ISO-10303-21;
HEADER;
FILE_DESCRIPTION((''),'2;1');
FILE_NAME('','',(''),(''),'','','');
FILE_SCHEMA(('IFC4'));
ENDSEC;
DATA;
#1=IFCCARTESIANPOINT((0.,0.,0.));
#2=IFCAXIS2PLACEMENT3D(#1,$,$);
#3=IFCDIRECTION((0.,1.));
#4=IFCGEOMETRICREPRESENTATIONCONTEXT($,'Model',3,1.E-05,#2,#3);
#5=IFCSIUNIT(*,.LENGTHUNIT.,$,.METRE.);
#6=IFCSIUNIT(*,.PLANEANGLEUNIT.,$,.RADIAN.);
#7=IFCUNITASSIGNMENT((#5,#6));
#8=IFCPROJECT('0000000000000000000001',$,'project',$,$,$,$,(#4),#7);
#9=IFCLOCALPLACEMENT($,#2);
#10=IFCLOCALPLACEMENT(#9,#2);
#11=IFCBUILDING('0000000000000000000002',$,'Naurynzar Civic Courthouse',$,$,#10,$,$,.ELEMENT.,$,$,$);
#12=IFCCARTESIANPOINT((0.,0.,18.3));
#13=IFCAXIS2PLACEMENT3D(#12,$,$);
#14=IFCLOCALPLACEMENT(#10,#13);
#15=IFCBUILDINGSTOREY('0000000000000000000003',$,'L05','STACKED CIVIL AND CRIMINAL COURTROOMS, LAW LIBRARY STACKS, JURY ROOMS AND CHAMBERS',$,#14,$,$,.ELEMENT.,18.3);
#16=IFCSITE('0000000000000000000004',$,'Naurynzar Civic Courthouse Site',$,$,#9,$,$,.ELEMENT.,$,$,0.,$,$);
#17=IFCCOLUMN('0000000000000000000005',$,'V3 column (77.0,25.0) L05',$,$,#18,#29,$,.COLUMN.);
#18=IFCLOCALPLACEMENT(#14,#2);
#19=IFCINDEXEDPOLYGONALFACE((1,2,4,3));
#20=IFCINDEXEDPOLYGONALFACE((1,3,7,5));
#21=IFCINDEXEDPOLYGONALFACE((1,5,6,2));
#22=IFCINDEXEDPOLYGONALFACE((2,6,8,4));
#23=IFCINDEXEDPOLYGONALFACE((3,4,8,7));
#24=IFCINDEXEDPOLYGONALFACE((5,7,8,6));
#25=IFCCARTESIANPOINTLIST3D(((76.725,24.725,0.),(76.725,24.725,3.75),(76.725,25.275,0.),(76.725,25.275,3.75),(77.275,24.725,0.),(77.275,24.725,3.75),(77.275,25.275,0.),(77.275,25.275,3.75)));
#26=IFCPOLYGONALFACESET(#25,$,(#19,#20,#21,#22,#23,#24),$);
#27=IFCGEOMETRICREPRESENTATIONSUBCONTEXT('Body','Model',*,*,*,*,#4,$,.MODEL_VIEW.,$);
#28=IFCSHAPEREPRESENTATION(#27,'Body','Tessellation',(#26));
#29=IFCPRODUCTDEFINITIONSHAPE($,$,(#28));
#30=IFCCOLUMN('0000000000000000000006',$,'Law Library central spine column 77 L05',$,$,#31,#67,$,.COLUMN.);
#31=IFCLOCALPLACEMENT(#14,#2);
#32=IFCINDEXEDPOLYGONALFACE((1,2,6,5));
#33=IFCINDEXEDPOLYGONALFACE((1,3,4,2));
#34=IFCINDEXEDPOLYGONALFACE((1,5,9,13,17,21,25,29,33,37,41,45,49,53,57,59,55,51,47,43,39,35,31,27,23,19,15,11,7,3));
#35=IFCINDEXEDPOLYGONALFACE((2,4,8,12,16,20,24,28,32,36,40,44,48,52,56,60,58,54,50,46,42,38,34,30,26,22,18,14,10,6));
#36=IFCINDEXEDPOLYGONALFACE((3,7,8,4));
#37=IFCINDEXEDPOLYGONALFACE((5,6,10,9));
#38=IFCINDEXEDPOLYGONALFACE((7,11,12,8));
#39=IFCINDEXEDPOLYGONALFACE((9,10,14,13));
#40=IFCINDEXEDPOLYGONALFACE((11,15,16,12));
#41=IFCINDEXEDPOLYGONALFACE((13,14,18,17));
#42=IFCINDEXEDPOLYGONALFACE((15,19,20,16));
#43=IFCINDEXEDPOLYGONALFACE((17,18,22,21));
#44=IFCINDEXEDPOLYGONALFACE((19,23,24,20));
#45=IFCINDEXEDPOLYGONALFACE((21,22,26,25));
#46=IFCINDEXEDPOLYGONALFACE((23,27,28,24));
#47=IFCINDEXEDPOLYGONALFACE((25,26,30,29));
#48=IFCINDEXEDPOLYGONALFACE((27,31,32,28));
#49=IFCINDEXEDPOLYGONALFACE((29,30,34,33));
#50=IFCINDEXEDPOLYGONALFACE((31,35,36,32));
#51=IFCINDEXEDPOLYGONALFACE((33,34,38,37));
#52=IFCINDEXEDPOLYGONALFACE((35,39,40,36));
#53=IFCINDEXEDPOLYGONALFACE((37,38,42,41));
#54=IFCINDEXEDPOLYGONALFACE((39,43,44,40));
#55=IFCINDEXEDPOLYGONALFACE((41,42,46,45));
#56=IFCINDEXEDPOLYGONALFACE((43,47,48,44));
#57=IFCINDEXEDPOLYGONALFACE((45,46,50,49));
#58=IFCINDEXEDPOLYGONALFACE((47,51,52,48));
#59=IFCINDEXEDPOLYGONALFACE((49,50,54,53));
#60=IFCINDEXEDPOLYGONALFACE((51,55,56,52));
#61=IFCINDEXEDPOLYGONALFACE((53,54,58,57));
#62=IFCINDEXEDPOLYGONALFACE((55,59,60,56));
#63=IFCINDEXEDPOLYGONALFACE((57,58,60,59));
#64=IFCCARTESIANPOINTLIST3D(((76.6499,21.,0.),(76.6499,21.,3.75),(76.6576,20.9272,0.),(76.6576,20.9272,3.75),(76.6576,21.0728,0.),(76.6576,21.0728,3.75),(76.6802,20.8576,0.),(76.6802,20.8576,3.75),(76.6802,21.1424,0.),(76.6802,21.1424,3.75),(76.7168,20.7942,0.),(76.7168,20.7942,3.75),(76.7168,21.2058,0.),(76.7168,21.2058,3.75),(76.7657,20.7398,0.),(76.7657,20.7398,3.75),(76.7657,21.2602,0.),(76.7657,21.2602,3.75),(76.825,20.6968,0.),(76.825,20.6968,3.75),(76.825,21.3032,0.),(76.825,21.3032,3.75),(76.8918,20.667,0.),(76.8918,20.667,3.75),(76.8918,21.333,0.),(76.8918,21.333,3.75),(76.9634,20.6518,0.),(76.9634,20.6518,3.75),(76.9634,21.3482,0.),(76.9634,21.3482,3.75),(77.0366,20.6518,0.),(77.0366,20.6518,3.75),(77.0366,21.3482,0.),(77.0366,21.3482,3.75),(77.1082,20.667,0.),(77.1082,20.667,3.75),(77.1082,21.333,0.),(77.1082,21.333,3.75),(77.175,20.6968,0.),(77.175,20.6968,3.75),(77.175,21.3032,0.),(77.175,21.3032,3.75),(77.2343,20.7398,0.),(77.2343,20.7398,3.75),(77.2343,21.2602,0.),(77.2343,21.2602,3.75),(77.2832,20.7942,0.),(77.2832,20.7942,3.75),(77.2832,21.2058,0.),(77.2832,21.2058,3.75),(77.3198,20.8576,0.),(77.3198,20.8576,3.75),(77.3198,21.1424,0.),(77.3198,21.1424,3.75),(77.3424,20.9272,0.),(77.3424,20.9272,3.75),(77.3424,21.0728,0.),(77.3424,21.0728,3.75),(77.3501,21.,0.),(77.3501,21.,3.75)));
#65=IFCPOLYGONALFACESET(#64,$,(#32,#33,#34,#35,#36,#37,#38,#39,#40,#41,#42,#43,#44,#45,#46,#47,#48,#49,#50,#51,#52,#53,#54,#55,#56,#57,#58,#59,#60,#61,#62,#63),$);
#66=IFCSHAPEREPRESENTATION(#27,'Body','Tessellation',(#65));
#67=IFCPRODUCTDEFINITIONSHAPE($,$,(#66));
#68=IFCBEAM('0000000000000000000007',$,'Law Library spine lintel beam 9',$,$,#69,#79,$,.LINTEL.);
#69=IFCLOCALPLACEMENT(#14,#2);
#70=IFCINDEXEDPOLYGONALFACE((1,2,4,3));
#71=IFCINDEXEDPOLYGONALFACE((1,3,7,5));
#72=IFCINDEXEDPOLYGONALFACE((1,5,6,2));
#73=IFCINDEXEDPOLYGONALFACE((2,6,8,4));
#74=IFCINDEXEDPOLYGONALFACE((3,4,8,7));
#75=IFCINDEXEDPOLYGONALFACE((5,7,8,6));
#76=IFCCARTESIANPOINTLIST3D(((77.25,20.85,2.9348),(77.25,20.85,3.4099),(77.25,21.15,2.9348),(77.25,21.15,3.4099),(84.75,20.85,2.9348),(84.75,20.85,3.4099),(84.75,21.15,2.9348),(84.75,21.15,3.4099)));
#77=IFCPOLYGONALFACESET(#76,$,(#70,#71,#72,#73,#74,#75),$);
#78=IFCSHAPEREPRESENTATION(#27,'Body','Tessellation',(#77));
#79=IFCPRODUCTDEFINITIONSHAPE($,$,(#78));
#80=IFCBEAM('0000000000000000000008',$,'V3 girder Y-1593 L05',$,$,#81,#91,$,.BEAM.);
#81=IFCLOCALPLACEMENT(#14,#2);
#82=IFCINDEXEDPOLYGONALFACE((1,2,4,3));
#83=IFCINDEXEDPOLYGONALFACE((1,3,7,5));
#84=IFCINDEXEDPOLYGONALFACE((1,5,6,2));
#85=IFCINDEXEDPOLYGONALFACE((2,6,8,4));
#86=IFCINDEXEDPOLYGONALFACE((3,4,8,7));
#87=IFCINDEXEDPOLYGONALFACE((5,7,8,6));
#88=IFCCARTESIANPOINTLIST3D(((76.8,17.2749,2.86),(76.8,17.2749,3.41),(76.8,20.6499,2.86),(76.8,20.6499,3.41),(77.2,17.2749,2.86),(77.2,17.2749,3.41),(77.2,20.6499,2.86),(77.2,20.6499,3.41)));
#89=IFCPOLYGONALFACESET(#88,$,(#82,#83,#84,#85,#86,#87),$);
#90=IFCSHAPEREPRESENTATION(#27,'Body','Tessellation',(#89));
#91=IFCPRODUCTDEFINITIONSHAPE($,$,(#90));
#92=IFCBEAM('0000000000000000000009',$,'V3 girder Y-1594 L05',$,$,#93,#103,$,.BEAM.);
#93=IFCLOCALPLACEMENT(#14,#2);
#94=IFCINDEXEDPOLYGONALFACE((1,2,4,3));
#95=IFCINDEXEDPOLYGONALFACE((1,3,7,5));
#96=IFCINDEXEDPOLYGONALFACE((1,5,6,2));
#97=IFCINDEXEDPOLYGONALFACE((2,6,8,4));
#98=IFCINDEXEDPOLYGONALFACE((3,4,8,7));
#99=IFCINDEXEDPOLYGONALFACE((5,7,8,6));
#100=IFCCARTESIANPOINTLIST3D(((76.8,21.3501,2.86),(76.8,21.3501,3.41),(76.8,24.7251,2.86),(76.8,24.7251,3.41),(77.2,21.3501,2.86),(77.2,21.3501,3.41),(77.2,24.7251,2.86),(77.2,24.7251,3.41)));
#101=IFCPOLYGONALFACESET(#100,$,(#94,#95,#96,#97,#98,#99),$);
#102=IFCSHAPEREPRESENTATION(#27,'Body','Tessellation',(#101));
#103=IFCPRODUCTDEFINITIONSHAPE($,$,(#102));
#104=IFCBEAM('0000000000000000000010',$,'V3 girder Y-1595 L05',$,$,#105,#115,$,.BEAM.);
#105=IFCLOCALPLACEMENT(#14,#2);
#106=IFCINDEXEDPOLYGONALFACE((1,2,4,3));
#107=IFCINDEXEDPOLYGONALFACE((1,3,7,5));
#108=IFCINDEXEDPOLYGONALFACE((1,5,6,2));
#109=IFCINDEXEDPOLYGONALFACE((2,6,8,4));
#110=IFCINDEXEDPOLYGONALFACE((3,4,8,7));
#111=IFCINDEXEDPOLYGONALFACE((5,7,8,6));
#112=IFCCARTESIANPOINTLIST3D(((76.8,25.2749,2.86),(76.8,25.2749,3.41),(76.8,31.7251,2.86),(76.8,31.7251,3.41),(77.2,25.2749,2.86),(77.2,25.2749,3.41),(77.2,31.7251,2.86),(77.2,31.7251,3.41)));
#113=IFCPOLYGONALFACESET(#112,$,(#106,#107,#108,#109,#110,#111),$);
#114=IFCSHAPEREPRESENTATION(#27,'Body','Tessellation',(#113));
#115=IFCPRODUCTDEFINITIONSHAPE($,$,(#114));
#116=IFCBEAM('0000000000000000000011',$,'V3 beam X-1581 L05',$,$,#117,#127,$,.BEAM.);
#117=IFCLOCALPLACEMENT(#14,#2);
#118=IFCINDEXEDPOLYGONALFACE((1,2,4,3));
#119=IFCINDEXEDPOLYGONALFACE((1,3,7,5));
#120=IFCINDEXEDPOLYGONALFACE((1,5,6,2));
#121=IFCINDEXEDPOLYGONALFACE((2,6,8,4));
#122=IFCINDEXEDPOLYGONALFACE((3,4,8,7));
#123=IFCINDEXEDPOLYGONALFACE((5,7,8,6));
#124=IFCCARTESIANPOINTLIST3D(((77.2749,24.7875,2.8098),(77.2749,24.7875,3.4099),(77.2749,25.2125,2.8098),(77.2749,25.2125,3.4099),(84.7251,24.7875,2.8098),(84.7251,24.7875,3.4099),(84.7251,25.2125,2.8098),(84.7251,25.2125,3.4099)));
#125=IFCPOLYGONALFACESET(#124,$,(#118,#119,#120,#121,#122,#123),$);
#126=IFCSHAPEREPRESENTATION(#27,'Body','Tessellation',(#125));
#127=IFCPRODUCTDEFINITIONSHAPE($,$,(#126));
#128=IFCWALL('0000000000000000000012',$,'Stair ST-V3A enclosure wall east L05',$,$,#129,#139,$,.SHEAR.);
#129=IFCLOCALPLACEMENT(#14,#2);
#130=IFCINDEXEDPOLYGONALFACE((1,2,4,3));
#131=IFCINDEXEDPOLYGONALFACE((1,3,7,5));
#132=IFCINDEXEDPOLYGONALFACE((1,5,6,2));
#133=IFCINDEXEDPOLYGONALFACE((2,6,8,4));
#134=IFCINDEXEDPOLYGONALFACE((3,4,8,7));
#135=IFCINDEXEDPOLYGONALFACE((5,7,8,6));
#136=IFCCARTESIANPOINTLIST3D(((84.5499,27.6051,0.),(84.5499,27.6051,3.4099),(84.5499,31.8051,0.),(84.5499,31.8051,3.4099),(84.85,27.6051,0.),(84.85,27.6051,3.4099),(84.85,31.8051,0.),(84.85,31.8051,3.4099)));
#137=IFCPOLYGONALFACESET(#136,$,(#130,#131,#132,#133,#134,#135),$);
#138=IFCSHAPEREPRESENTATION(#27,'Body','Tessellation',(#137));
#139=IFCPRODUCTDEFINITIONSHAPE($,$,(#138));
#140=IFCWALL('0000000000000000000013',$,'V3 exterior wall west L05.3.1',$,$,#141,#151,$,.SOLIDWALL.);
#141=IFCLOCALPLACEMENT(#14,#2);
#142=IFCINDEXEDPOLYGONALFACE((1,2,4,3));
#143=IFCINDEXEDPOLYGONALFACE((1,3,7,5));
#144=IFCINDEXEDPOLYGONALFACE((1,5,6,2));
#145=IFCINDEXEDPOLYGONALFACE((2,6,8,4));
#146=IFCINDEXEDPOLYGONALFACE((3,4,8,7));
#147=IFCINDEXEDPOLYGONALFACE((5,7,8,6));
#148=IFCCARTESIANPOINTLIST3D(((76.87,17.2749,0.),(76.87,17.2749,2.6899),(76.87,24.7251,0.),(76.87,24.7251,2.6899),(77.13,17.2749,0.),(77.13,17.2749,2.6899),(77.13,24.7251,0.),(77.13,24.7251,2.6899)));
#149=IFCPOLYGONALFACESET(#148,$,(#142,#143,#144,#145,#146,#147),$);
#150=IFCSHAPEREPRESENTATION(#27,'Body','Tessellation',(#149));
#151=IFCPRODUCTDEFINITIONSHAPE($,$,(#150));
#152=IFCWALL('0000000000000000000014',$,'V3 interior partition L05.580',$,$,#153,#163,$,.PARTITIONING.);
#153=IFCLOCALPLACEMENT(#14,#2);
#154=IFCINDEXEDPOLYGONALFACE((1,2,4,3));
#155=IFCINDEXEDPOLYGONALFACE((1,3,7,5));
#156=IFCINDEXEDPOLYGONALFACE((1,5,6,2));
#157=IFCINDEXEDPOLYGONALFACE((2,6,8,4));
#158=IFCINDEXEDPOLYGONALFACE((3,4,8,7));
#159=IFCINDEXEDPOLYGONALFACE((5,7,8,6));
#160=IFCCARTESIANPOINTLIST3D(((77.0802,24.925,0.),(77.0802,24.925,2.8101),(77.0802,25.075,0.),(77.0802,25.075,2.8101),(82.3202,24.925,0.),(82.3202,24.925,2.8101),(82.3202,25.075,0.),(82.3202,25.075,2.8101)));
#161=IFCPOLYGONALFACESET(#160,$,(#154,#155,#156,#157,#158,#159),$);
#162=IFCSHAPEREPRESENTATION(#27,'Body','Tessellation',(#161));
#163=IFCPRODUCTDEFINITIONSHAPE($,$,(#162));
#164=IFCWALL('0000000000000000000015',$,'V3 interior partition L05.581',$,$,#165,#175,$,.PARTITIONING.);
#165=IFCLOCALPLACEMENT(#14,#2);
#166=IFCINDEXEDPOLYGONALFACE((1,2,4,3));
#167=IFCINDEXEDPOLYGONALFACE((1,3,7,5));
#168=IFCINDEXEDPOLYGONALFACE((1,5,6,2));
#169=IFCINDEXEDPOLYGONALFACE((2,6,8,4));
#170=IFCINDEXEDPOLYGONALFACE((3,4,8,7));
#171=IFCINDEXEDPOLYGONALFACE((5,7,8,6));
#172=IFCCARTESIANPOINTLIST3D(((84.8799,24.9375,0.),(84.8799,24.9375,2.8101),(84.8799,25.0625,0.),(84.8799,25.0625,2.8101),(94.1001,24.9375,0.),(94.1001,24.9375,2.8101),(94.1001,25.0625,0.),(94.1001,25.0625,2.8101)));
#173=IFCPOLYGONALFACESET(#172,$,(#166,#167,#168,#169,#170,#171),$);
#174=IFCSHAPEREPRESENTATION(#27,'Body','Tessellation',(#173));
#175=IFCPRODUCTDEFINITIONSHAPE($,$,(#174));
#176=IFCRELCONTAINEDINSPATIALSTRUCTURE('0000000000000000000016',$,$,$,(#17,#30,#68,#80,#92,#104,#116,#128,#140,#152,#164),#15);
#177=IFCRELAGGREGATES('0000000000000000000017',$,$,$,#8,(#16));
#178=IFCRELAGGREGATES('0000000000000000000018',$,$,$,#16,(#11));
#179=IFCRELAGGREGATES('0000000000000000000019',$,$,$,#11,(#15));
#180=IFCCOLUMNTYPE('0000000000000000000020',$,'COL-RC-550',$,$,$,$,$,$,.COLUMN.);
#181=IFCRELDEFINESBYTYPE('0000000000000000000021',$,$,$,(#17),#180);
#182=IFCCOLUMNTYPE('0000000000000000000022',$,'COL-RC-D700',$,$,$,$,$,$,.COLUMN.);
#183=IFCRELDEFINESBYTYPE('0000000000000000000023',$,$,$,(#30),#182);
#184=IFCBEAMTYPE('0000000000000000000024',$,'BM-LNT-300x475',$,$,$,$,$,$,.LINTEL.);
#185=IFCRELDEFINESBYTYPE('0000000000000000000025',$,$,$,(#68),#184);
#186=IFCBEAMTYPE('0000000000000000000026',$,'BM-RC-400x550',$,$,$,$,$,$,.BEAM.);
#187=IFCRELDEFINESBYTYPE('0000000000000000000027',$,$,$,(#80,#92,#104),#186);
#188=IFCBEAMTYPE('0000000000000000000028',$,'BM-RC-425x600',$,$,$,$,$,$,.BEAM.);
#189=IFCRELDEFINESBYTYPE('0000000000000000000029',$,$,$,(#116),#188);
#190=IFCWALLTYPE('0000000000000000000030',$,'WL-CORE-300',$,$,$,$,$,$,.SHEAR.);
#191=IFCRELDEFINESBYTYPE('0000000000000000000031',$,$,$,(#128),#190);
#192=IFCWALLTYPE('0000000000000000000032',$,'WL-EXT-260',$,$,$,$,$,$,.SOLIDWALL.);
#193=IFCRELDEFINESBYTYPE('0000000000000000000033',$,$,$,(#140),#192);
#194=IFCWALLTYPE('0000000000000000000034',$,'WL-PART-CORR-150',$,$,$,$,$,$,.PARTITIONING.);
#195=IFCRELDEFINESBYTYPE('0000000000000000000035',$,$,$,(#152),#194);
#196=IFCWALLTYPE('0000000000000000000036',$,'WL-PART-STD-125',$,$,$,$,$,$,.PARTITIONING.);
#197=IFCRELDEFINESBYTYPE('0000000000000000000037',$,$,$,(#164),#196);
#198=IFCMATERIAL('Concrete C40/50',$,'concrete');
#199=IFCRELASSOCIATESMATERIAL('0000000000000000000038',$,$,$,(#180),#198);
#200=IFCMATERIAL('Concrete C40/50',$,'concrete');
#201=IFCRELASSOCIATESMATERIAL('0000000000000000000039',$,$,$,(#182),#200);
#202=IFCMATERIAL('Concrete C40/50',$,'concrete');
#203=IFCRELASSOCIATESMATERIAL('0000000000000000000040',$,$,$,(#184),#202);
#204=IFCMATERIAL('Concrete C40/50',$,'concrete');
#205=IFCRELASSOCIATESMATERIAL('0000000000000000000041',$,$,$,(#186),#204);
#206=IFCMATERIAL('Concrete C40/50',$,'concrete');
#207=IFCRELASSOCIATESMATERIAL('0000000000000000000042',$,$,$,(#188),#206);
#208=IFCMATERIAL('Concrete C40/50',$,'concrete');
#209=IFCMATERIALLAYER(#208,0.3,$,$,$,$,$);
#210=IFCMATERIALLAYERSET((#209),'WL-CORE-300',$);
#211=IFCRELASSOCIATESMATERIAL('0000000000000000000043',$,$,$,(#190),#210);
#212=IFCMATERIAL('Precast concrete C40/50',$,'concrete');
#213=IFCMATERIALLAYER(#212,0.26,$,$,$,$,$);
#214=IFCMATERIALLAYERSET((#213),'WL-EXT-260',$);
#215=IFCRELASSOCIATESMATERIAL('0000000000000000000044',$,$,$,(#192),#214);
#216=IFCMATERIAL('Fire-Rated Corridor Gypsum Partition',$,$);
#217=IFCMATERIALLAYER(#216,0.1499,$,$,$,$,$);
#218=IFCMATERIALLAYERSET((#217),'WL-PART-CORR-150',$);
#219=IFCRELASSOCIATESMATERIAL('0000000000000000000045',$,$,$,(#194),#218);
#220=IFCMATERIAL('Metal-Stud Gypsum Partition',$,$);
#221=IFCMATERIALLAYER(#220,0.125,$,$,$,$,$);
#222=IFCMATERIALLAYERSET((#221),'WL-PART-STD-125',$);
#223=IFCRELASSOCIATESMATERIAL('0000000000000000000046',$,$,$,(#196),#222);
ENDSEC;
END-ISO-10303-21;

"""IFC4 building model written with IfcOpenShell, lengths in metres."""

from ifc_helpers import new_model, si_unit, direction, frame, frame_2d, origin, origin_2d, place, context, subcontext, project, spatial, rectangle, circle, extrude, material, layer, layer_set, material_profile, profile_set, type_object, element, save


model = new_model("IFC4")

# Units and contexts
model_context = context("Model", 3, precision=1e-05, world=origin(), true_north=direction((0.0, 1.0)))
body_context = subcontext(model_context, "Body", "Model", "MODEL_VIEW")
ifc_project = project(units=[si_unit("LENGTHUNIT", "METRE"), si_unit("PLANEANGLEUNIT", "RADIAN")], contexts=[model_context])

# Site, building, storey
site_placement = place(None, origin())
site = spatial("IfcSite", under=ifc_project, at=site_placement, Name="Naurynzar Civic Courthouse Site", CompositionType="ELEMENT", RefElevation=0.0)
building_placement = place(site_placement, origin())
building = spatial("IfcBuilding", under=site, at=building_placement, Name="Naurynzar Civic Courthouse", CompositionType="ELEMENT")
storey_placement = place(building_placement, frame((0.0, 0.0, 18.3)))
storey = spatial("IfcBuildingStorey", under=building, at=storey_placement, Name="L05", Description="STACKED CIVIL AND CRIMINAL COURTROOMS, LAW LIBRARY STACKS, JURY ROOMS AND CHAMBERS", CompositionType="ELEMENT", Elevation=18.3)

# Columns
ifc_material_1 = material(Name="Concrete C40/50", Category="concrete")
ifc_material_profile_1 = material_profile(ifc_material_1, rectangle(XDim=0.55, YDim=0.55, at=origin_2d()), Name="RC 550x550")
ifc_profile_set_1 = profile_set([ifc_material_profile_1], Name="Concrete C40/50")
column_type_1 = type_object("IfcColumnType", Name="COL-RC-550", PredefinedType="COLUMN", material=ifc_profile_set_1)
column_1_placement = place(storey_placement, frame((77.0, 25.0, 0.0), z_axis=(0.0, 0.0, 1.0), x_axis=(1.0, 0.0, 0.0)))
element("IfcColumn", 1, at=column_1_placement, inside=storey, type_object=column_type_1, Name="V3 column (77.0,25.0) L05", PredefinedType="COLUMN", context=body_context, shape_type="SweptSolid", body=[
    extrude(rectangle(XDim=0.55, YDim=0.55, at=origin_2d()), origin(), (0.0, 0.0, 1.0), 3.75),
])
ifc_material_2 = material(Name="Concrete C40/50", Category="concrete")
ifc_material_profile_2 = material_profile(ifc_material_2, circle(Radius=0.3501, at=origin_2d()), Name="RC D700")
ifc_profile_set_2 = profile_set([ifc_material_profile_2], Name="Concrete C40/50")
column_type_2 = type_object("IfcColumnType", Name="COL-RC-D700", PredefinedType="COLUMN", material=ifc_profile_set_2)
column_2_placement = place(storey_placement, frame((77.0, 21.0, 0.0), z_axis=(0.0, 0.0, 1.0), x_axis=(1.0, 0.0, 0.0)))
element("IfcColumn", 2, at=column_2_placement, inside=storey, type_object=column_type_2, Name="Law Library central spine column 77 L05", PredefinedType="COLUMN", context=body_context, shape_type="SweptSolid", body=[
    extrude(circle(Radius=0.3501, at=origin_2d()), origin(), (0.0, 0.0, 1.0), 3.75),
])

# Beams
ifc_material_3 = material(Name="Concrete C40/50", Category="concrete")
ifc_material_profile_3 = material_profile(ifc_material_3, rectangle(XDim=0.3, YDim=0.4751, at=origin_2d()), Name="RCB 300x475")
ifc_profile_set_3 = profile_set([ifc_material_profile_3], Name="Concrete C40/50")
beam_type_1 = type_object("IfcBeamType", Name="BM-LNT-300x475", PredefinedType="LINTEL", material=ifc_profile_set_3)
beam_1_placement = place(storey_placement, frame((77.25, 21.0, 3.1724), z_axis=(1.0, 0.0, 0.0), x_axis=(0.0, 1.0, 0.0)))
element("IfcBeam", 3, at=beam_1_placement, inside=storey, type_object=beam_type_1, Name="Law Library spine lintel beam 9", PredefinedType="LINTEL", context=body_context, shape_type="SweptSolid", body=[
    extrude(rectangle(XDim=0.3, YDim=0.4751, at=origin_2d()), origin(), (0.0, 0.0, 1.0), 7.5),
])
ifc_material_4 = material(Name="Concrete C40/50", Category="concrete")
ifc_material_profile_4 = material_profile(ifc_material_4, rectangle(XDim=0.3999, YDim=0.55, at=origin_2d()), Name="RCB 400x550")
ifc_profile_set_4 = profile_set([ifc_material_profile_4], Name="Concrete C40/50")
beam_type_2 = type_object("IfcBeamType", Name="BM-RC-400x550", PredefinedType="BEAM", material=ifc_profile_set_4)
for number, where, z_axis, x_axis, name in (
    (4, (77.0, 17.2749, 3.135), (0.0, 1.0, 0.0), (-1.0, 0.0, 0.0), "V3 girder Y-1593 L05"),
    (5, (77.0, 21.3501, 3.135), (0.0, 1.0, 0.0), (-1.0, 0.0, 0.0), "V3 girder Y-1594 L05"),
):
    element("IfcBeam", number, at=place(storey_placement, frame(where, z_axis=z_axis, x_axis=x_axis)), inside=storey, type_object=beam_type_2, Name=name, PredefinedType="BEAM", context=body_context, shape_type="SweptSolid", body=[
        extrude(rectangle(XDim=0.3999, YDim=0.55, at=origin_2d()), origin(), (0.0, 0.0, 1.0), 3.375),
    ])
beam_2_placement = place(storey_placement, frame((77.0, 25.2749, 3.135), z_axis=(0.0, 1.0, 0.0), x_axis=(-1.0, 0.0, 0.0)))
element("IfcBeam", 6, at=beam_2_placement, inside=storey, type_object=beam_type_2, Name="V3 girder Y-1595 L05", PredefinedType="BEAM", context=body_context, shape_type="SweptSolid", body=[
    extrude(rectangle(XDim=0.3999, YDim=0.55, at=origin_2d()), origin(), (0.0, 0.0, 1.0), 6.4502),
])
ifc_material_5 = material(Name="Concrete C40/50", Category="concrete")
ifc_material_profile_5 = material_profile(ifc_material_5, rectangle(XDim=0.425, YDim=0.6001, at=origin_2d()), Name="RCB 425x600")
ifc_profile_set_5 = profile_set([ifc_material_profile_5], Name="Concrete C40/50")
beam_type_3 = type_object("IfcBeamType", Name="BM-RC-425x600", PredefinedType="BEAM", material=ifc_profile_set_5)
beam_3_placement = place(storey_placement, frame((77.2749, 25.0, 3.1099), z_axis=(1.0, 0.0, 0.0), x_axis=(0.0, 1.0, 0.0)))
element("IfcBeam", 7, at=beam_3_placement, inside=storey, type_object=beam_type_3, Name="V3 beam X-1581 L05", PredefinedType="BEAM", context=body_context, shape_type="SweptSolid", body=[
    extrude(rectangle(XDim=0.425, YDim=0.6001, at=origin_2d()), origin(), (0.0, 0.0, 1.0), 7.4502),
])

# Shared definitions
ifc_material_6 = material(Name="Concrete C40/50", Category="concrete")
ifc_layer_1 = layer(ifc_material_6, 0.3)
ifc_layer_set_1 = layer_set([ifc_layer_1], Name="WL-CORE-300")
wall_type_1 = type_object("IfcWallType", Name="WL-CORE-300", PredefinedType="SHEAR", material=ifc_layer_set_1)

# Walls
wall_1_placement = place(storey_placement, frame((84.7, 27.605, 0.0), z_axis=(0.0, 0.0, 1.0), x_axis=(0.0, 1.0, 0.0)))
element("IfcWall", 8, at=wall_1_placement, inside=storey, type_object=wall_type_1, Name="Stair ST-V3A enclosure wall east L05", PredefinedType="SHEAR", context=body_context, shape_type="SweptSolid", body=[
    extrude(rectangle(XDim=4.2, YDim=0.3, at=frame_2d((2.1001, 0.0))), origin(), (0.0, 0.0, 1.0), 3.4099),
])
ifc_material_7 = material(Name="Precast concrete C40/50", Category="concrete")
ifc_layer_2 = layer(ifc_material_7, 0.26)
ifc_layer_set_2 = layer_set([ifc_layer_2], Name="WL-EXT-260")
wall_type_2 = type_object("IfcWallType", Name="WL-EXT-260", PredefinedType="SOLIDWALL", material=ifc_layer_set_2)
wall_2_placement = place(storey_placement, frame((77.0, 17.2749, 0.0), z_axis=(0.0, 0.0, 1.0), x_axis=(0.0, 1.0, 0.0)))
element("IfcWall", 9, at=wall_2_placement, inside=storey, type_object=wall_type_2, Name="V3 exterior wall west L05.3.1", PredefinedType="SOLIDWALL", context=body_context, shape_type="SweptSolid", body=[
    extrude(rectangle(XDim=7.4502, YDim=0.26, at=frame_2d((3.7251, 0.0))), origin(), (0.0, 0.0, 1.0), 2.6899),
])
ifc_material_8 = material(Name="Fire-Rated Corridor Gypsum Partition")
ifc_layer_3 = layer(ifc_material_8, 0.1499)
ifc_layer_set_3 = layer_set([ifc_layer_3], Name="WL-PART-CORR-150")
wall_type_3 = type_object("IfcWallType", Name="WL-PART-CORR-150", PredefinedType="PARTITIONING", material=ifc_layer_set_3)
wall_3_placement = place(storey_placement, frame((77.0801, 25.0, 0.0), z_axis=(0.0, 0.0, 1.0), x_axis=(1.0, 0.0, 0.0)))
element("IfcWall", 10, at=wall_3_placement, inside=storey, type_object=wall_type_3, Name="V3 interior partition L05.580", PredefinedType="PARTITIONING", context=body_context, shape_type="SweptSolid", body=[
    extrude(rectangle(XDim=5.24, YDim=0.1499, at=frame_2d((2.6201, 0.0))), origin(), (0.0, 0.0, 1.0), 2.8101),
])
ifc_material_9 = material(Name="Metal-Stud Gypsum Partition")
ifc_layer_4 = layer(ifc_material_9, 0.125)
ifc_layer_set_4 = layer_set([ifc_layer_4], Name="WL-PART-STD-125")
wall_type_4 = type_object("IfcWallType", Name="WL-PART-STD-125", PredefinedType="PARTITIONING", material=ifc_layer_set_4)
wall_4_placement = place(storey_placement, frame((84.8799, 25.0, 0.0), z_axis=(0.0, 0.0, 1.0), x_axis=(1.0, 0.0, 0.0)))
element("IfcWall", 11, at=wall_4_placement, inside=storey, type_object=wall_type_4, Name="V3 interior partition L05.581", PredefinedType="PARTITIONING", context=body_context, shape_type="SweptSolid", body=[
    extrude(rectangle(XDim=9.2202, YDim=0.125, at=frame_2d((4.6101, 0.0))), origin(), (0.0, 0.0, 1.0), 2.8101),
])

save(model, "model.ifc")
